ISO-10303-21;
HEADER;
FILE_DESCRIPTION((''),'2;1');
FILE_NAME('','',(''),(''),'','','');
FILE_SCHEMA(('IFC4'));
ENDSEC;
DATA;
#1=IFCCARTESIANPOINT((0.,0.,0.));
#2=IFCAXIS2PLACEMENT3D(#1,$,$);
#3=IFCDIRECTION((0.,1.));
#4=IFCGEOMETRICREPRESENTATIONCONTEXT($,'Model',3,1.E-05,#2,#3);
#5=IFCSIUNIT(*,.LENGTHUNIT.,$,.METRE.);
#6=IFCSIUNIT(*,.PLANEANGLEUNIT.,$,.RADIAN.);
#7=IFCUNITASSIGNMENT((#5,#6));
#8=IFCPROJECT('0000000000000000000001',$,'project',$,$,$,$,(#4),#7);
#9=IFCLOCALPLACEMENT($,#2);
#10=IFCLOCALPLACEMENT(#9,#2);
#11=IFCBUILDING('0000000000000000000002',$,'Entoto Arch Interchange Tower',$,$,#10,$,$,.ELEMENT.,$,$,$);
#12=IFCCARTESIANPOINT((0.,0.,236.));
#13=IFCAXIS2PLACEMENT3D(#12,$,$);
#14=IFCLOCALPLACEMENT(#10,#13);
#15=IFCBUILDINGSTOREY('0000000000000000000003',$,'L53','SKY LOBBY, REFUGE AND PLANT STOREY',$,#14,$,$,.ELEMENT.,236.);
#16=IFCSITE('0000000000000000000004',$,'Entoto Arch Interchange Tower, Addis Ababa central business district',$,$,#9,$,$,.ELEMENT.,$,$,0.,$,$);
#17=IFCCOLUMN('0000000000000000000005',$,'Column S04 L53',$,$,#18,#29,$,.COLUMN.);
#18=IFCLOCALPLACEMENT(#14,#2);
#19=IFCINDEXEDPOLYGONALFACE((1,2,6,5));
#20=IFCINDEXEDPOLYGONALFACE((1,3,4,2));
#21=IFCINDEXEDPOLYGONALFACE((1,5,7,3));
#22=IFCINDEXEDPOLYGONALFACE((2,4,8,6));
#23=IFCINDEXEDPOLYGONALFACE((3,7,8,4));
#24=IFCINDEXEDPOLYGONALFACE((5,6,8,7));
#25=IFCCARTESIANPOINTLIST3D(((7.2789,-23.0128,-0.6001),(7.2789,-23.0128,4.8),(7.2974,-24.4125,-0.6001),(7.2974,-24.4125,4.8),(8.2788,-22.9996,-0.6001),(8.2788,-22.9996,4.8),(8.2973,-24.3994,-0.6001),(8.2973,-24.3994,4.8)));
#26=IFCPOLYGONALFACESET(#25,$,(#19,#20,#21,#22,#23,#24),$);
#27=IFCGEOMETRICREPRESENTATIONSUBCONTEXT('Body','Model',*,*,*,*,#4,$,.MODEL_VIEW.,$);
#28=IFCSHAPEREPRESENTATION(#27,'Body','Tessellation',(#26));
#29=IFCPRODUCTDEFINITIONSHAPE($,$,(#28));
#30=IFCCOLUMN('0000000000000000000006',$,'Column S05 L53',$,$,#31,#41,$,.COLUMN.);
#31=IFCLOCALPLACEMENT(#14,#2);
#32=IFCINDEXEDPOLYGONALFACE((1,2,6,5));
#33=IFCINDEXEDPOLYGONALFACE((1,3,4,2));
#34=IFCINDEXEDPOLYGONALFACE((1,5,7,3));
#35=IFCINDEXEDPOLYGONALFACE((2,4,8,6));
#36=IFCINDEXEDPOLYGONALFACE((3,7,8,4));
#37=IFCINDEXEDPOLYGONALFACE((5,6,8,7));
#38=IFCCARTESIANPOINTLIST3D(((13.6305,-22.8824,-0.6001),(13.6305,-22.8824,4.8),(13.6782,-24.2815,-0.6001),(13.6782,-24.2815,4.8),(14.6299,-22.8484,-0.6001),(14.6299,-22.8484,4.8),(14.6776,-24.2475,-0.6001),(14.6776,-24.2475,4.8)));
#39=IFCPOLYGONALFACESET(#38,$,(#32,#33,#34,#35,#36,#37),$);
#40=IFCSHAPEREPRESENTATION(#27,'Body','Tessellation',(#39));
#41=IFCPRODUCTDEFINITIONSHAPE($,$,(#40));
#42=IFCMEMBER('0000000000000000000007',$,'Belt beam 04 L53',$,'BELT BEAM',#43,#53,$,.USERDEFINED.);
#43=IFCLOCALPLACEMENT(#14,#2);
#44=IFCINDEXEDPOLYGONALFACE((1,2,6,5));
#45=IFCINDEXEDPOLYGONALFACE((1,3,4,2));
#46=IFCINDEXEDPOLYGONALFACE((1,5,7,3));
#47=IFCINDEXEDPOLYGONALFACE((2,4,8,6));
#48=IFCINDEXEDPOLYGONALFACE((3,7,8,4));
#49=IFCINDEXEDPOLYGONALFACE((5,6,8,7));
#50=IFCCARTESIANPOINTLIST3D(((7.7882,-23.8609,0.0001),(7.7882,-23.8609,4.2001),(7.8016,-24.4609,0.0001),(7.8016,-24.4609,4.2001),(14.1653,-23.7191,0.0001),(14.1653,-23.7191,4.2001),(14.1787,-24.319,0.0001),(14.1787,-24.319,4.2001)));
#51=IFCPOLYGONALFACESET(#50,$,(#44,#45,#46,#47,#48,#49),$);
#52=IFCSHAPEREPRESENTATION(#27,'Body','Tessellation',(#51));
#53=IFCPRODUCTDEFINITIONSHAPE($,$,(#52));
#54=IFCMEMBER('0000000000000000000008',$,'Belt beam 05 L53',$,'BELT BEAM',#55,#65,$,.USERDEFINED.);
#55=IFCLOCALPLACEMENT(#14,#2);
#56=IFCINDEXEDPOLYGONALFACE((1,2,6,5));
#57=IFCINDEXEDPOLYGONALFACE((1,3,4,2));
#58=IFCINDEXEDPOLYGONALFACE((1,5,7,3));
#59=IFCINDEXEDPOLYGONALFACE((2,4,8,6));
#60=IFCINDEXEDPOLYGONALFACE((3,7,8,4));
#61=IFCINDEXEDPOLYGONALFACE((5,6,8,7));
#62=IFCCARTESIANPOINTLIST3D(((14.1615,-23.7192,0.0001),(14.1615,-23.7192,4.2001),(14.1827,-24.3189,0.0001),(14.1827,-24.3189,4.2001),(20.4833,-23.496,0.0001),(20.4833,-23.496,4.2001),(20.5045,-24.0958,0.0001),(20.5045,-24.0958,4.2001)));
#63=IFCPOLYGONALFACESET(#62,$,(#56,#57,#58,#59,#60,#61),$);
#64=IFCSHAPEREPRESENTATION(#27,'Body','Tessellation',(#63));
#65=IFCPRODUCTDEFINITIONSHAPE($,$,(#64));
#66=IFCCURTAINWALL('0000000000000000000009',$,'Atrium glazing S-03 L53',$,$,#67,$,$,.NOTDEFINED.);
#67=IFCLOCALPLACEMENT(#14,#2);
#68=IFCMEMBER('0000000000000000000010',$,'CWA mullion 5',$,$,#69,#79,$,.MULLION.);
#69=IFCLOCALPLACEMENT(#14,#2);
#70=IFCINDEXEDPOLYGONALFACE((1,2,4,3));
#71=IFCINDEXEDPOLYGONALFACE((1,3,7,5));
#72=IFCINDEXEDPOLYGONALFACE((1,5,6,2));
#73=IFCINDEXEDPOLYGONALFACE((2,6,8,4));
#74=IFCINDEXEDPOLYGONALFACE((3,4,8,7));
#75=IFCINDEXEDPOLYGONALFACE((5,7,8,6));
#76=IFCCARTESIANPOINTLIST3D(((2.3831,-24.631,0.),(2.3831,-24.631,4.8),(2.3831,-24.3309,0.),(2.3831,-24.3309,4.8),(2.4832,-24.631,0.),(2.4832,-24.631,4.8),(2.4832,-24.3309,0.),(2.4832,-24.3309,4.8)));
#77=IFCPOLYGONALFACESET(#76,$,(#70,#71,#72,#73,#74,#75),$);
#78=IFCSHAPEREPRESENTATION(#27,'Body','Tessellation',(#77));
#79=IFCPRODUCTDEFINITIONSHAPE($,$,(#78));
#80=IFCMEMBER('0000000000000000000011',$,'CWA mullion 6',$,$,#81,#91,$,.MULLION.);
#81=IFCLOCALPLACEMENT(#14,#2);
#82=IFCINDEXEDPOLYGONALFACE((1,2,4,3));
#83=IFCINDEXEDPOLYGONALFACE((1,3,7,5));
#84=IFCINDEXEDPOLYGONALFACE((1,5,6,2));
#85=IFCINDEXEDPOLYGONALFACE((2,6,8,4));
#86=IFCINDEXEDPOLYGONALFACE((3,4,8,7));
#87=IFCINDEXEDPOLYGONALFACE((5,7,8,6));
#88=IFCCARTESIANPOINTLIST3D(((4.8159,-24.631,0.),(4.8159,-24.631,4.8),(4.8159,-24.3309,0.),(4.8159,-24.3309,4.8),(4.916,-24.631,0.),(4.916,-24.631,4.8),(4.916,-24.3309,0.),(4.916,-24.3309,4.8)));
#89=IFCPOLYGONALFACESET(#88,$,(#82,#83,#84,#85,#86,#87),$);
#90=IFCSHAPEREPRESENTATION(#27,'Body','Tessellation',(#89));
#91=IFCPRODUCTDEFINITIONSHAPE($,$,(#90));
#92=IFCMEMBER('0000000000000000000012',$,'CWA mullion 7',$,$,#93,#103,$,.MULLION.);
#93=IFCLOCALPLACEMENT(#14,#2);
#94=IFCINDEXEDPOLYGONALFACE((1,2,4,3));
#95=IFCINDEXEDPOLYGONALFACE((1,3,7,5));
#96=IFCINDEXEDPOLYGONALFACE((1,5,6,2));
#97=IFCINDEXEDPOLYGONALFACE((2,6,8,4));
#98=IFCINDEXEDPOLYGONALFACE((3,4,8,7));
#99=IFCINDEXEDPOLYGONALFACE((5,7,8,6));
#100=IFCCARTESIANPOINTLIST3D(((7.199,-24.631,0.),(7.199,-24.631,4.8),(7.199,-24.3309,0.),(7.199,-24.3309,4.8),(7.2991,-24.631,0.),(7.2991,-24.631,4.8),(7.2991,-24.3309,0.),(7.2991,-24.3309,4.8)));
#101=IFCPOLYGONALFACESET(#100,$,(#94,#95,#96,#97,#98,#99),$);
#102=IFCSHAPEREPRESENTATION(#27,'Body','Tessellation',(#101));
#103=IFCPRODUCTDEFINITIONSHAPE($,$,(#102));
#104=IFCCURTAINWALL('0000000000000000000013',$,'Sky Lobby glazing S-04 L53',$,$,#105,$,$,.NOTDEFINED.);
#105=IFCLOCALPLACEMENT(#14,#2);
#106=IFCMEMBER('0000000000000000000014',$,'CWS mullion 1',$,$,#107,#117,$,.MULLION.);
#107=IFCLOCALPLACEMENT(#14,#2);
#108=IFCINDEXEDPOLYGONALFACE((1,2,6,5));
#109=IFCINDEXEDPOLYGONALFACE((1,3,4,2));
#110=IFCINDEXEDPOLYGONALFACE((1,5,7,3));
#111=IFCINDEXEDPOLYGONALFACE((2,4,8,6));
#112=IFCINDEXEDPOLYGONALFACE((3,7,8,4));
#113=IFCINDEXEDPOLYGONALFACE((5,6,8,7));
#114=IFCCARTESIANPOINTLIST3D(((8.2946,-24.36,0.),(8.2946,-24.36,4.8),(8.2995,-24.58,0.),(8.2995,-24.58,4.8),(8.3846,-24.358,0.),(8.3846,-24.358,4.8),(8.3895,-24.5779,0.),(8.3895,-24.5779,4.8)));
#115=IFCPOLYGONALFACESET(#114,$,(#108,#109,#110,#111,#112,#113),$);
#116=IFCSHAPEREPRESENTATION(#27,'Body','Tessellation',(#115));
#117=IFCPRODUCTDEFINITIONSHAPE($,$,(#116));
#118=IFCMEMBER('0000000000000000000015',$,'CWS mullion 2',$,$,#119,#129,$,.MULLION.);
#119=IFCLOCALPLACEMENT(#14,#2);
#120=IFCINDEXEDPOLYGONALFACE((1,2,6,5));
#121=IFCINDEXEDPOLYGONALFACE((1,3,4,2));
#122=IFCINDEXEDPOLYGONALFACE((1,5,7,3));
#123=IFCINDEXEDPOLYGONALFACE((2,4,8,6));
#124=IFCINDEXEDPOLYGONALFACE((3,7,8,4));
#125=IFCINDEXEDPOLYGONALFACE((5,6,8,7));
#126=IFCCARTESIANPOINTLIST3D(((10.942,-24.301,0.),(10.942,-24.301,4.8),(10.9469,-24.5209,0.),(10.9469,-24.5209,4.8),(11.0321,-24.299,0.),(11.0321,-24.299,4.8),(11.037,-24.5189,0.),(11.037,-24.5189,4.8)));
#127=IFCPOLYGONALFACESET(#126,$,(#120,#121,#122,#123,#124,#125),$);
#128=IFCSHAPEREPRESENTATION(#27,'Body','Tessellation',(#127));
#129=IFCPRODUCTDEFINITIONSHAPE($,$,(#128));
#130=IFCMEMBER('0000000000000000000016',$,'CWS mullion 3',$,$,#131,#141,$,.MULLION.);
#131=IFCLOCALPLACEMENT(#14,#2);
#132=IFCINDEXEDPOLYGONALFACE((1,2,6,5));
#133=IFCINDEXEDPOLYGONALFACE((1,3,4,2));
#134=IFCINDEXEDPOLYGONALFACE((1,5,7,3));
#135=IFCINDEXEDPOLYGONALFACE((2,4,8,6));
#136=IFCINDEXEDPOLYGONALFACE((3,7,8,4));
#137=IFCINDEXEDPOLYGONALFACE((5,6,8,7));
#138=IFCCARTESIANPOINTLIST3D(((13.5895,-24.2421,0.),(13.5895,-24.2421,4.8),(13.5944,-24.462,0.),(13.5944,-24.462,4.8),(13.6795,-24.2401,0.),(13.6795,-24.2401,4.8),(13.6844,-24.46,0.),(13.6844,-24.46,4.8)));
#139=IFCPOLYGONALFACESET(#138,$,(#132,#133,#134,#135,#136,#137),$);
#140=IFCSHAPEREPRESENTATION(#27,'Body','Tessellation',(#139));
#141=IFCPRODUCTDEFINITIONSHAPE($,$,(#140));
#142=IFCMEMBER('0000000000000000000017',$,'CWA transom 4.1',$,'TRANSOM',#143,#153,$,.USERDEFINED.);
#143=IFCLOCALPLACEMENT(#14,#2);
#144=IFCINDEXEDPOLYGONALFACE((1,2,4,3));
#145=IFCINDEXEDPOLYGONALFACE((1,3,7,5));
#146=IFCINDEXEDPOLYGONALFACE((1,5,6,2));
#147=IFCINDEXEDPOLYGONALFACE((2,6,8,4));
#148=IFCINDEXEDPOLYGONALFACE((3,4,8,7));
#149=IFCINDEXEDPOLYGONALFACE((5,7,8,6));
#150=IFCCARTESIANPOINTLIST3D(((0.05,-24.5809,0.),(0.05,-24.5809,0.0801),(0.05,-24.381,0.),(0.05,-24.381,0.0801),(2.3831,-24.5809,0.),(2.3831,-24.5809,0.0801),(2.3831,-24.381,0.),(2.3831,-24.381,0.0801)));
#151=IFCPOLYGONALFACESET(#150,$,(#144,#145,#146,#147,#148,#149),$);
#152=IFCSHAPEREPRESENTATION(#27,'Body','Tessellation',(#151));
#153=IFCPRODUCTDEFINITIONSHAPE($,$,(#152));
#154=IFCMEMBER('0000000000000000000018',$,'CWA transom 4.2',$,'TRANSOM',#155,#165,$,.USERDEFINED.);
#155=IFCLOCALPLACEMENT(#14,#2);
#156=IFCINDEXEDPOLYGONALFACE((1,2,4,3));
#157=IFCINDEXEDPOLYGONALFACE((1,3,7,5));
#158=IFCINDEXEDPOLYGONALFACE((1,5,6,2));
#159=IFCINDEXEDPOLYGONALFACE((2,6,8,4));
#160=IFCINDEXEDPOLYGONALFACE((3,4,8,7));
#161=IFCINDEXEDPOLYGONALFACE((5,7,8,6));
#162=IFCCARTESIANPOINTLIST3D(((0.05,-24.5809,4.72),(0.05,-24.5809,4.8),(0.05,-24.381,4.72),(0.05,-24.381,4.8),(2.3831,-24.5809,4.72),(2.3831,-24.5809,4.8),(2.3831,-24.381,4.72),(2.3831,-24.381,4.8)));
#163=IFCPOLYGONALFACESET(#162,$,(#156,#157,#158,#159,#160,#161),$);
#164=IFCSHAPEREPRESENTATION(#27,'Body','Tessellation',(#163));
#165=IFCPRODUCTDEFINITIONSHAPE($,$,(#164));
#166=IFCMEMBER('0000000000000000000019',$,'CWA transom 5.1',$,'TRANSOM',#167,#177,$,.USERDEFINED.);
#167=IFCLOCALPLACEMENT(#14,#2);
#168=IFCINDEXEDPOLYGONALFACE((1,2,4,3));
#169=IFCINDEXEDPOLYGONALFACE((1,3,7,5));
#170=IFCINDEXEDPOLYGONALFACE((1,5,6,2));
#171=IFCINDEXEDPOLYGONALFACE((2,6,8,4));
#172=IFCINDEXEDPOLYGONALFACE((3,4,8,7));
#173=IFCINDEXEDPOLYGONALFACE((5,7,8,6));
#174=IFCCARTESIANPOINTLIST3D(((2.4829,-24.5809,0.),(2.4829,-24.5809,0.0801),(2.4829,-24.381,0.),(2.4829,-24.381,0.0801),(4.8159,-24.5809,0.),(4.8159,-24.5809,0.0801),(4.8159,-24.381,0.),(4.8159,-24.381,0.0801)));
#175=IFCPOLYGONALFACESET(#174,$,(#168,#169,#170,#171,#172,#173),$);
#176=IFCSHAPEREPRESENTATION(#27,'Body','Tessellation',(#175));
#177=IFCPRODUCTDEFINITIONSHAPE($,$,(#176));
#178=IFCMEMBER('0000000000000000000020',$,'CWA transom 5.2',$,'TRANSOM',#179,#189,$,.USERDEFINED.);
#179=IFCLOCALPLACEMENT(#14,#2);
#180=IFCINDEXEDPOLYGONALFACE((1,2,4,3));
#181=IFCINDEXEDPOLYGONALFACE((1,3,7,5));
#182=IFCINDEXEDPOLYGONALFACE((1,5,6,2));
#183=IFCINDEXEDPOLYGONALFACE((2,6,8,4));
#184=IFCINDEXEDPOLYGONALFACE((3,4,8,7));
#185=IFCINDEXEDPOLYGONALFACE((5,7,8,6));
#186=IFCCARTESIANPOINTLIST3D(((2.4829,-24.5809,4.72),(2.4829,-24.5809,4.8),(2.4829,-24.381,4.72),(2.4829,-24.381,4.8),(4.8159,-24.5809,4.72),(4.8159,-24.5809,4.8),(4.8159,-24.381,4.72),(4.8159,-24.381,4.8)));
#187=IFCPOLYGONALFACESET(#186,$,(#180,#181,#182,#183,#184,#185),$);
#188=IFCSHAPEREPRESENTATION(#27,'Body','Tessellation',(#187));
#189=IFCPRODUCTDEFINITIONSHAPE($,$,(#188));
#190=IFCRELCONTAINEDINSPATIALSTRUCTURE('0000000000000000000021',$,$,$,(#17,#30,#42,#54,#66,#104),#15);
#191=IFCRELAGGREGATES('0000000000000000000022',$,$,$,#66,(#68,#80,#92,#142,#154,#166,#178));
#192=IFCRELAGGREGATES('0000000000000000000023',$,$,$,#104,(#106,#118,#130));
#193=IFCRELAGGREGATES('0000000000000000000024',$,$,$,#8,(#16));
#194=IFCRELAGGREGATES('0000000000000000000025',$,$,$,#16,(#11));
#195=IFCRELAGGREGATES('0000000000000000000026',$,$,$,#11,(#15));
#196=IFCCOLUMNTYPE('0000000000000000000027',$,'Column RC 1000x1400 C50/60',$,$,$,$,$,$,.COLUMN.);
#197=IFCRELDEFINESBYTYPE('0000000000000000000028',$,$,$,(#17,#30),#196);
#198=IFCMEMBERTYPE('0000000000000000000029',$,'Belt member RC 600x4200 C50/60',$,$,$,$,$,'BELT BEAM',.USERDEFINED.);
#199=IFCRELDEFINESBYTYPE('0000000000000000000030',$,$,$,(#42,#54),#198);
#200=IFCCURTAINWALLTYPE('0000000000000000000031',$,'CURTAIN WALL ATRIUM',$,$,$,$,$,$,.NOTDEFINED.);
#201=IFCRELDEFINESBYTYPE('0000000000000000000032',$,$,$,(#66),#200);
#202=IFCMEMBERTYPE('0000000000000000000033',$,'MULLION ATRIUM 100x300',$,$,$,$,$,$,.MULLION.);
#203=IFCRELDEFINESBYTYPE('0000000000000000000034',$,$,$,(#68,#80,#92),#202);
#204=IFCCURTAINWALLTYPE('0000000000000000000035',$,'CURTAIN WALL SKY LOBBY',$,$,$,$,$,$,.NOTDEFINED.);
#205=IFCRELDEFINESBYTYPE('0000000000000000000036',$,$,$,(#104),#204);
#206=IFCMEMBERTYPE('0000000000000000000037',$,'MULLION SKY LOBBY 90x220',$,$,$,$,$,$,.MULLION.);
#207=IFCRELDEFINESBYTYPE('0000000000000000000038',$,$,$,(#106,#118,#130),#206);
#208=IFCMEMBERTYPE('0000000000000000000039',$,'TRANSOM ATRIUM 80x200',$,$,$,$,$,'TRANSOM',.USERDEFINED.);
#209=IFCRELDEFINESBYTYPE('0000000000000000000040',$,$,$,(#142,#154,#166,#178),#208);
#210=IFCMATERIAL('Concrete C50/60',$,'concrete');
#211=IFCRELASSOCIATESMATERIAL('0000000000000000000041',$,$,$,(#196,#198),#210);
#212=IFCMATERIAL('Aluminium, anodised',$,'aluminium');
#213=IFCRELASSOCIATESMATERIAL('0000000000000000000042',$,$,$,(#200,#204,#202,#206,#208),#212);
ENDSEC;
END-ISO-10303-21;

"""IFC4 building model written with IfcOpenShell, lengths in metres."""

from ifc_helpers import new_model, si_unit, direction, frame, origin, origin_2d, place, context, subcontext, project, spatial, rectangle, extrude, material, material_profile, profile_set, type_object, element, aggregate, save


model = new_model("IFC4")

# Units and contexts
model_context = context("Model", 3, precision=1e-05, world=origin(), true_north=direction((0.0, 1.0)))
body_context = subcontext(model_context, "Body", "Model", "MODEL_VIEW")
ifc_project = project(units=[si_unit("LENGTHUNIT", "METRE"), si_unit("PLANEANGLEUNIT", "RADIAN")], contexts=[model_context])

# Site, building, storey
site_placement = place(None, origin())
site = spatial("IfcSite", under=ifc_project, at=site_placement, Name="Entoto Arch Interchange Tower, Addis Ababa central business district", CompositionType="ELEMENT", RefElevation=0.0)
building_placement = place(site_placement, origin())
building = spatial("IfcBuilding", under=site, at=building_placement, Name="Entoto Arch Interchange Tower", CompositionType="ELEMENT")
storey_placement = place(building_placement, frame((0.0, 0.0, 236.0)))
storey = spatial("IfcBuildingStorey", under=building, at=storey_placement, Name="L53", Description="SKY LOBBY, REFUGE AND PLANT STOREY", CompositionType="ELEMENT", Elevation=236.0)

# Columns
ifc_material_1 = material(Name="Concrete C50/60", Category="concrete")
ifc_material_profile_1 = material_profile(ifc_material_1, rectangle(XDim=1.0, YDim=1.3999, at=origin_2d()))
ifc_profile_set_1 = profile_set([ifc_material_profile_1], Name="Concrete C50/60")
column_type = type_object("IfcColumnType", Name="Column RC 1000x1400 C50/60", PredefinedType="COLUMN", material=ifc_profile_set_1)
for number, where, z_axis, x_axis, name in (
    (1, (7.7881, -23.7061, -0.6001), (0.0, 0.0, 1.0), (0.999913, 0.013177, 0.0), "Column S04 L53"),
    (2, (14.1541, -23.5649, -0.6001), (0.0, 0.0, 1.0), (0.999421, 0.034027, 0.0), "Column S05 L53"),
):
    element("IfcColumn", number, at=place(storey_placement, frame(where, z_axis=z_axis, x_axis=x_axis)), inside=storey, type_object=column_type, Name=name, PredefinedType="COLUMN", context=body_context, shape_type="SweptSolid", body=[
        extrude(rectangle(XDim=1.0, YDim=1.3999, at=origin_2d()), origin(), (0.0, 0.0, 1.0), 5.4001),
    ])

# Members
ifc_material_profile_2 = material_profile(ifc_material_1, rectangle(XDim=0.6001, YDim=4.2, at=origin_2d()))
ifc_profile_set_2 = profile_set([ifc_material_profile_2], Name="Concrete C50/60")
member_type_1 = type_object("IfcMemberType", Name="Belt member RC 600x4200 C50/60", ElementType="BELT BEAM", PredefinedType="USERDEFINED", material=ifc_profile_set_2)
member_1_placement = place(storey_placement, frame((7.7949, -24.1609, 2.1001), z_axis=(0.999753, 0.022237, 0.0), x_axis=(-0.022237, 0.999753, 0.0)))
element("IfcMember", 3, at=member_1_placement, inside=storey, type_object=member_type_1, Name="Belt beam 04 L53", ObjectType="BELT BEAM", PredefinedType="USERDEFINED", context=body_context, shape_type="SweptSolid", body=[
    extrude(rectangle(XDim=0.6001, YDim=4.2, at=origin_2d()), origin(), (0.0, 0.0, 1.0), 6.3787),
])
member_2_placement = place(storey_placement, frame((14.1721, -24.019, 2.1001), z_axis=(0.999378, 0.035276, 0.0), x_axis=(-0.035276, 0.999378, 0.0)))
element("IfcMember", 4, at=member_2_placement, inside=storey, type_object=member_type_1, Name="Belt beam 05 L53", ObjectType="BELT BEAM", PredefinedType="USERDEFINED", context=body_context, shape_type="SweptSolid", body=[
    extrude(rectangle(XDim=0.6001, YDim=4.2, at=origin_2d()), origin(), (0.0, 0.0, 1.0), 6.3257),
])

# Curtain walls, members
ifc_material_2 = material(Name="Aluminium, anodised", Category="aluminium")
curtain_wall_type_1 = type_object("IfcCurtainWallType", Name="CURTAIN WALL ATRIUM", PredefinedType="NOTDEFINED", material=ifc_material_2)
curtain_wall_1_placement = place(storey_placement, origin())
curtain_wall_1 = element("IfcCurtainWall", 5, at=curtain_wall_1_placement, inside=storey, type_object=curtain_wall_type_1, Name="Atrium glazing S-03 L53", PredefinedType="NOTDEFINED")
ifc_material_profile_3 = material_profile(ifc_material_2, rectangle(XDim=0.3, YDim=0.1001, at=origin_2d()))
ifc_profile_set_3 = profile_set([ifc_material_profile_3], Name="Aluminium, anodised")
member_type_2 = type_object("IfcMemberType", Name="MULLION ATRIUM 100x300", PredefinedType="MULLION", material=ifc_profile_set_3)
member_3_placement = place(storey_placement, frame((2.4331, -24.481, 0.0), z_axis=(0.0, 0.0, 1.0), x_axis=(0.0, 1.0, 0.0)))
member_3 = element("IfcMember", 6, at=member_3_placement, type_object=member_type_2, Name="CWA mullion 5", PredefinedType="MULLION", context=body_context, shape_type="SweptSolid", body=[
    extrude(rectangle(XDim=0.3, YDim=0.1001, at=origin_2d()), origin(), (0.0, 0.0, 1.0), 4.8),
])
member_4_placement = place(storey_placement, frame((4.866, -24.481, 0.0), z_axis=(0.0, 0.0, 1.0), x_axis=(0.0, 1.0, 0.0)))
member_4 = element("IfcMember", 7, at=member_4_placement, type_object=member_type_2, Name="CWA mullion 6", PredefinedType="MULLION", context=body_context, shape_type="SweptSolid", body=[
    extrude(rectangle(XDim=0.3, YDim=0.1001, at=origin_2d()), origin(), (0.0, 0.0, 1.0), 4.8),
])
member_5_placement = place(storey_placement, frame((7.249, -24.481, 0.0), z_axis=(0.0, 0.0, 1.0), x_axis=(0.0, 1.0, 0.0)))
member_5 = element("IfcMember", 8, at=member_5_placement, type_object=member_type_2, Name="CWA mullion 7", PredefinedType="MULLION", context=body_context, shape_type="SweptSolid", body=[
    extrude(rectangle(XDim=0.3, YDim=0.1001, at=origin_2d()), origin(), (0.0, 0.0, 1.0), 4.8),
])
curtain_wall_type_2 = type_object("IfcCurtainWallType", Name="CURTAIN WALL SKY LOBBY", PredefinedType="NOTDEFINED", material=ifc_material_2)
curtain_wall_2_placement = place(storey_placement, origin())
curtain_wall_2 = element("IfcCurtainWall", 9, at=curtain_wall_2_placement, inside=storey, type_object=curtain_wall_type_2, Name="Sky Lobby glazing S-04 L53", PredefinedType="NOTDEFINED")
ifc_material_profile_4 = material_profile(ifc_material_2, rectangle(XDim=0.22, YDim=0.0901, at=origin_2d()))
ifc_profile_set_4 = profile_set([ifc_material_profile_4], Name="Aluminium, anodised")
member_type_3 = type_object("IfcMemberType", Name="MULLION SKY LOBBY 90x220", PredefinedType="MULLION", material=ifc_profile_set_4)
member_6_placement = place(storey_placement, frame((8.342, -24.469, 0.0), z_axis=(0.0, 0.0, 1.0), x_axis=(-0.022279, 0.999752, 0.0)))
member_6 = element("IfcMember", 10, at=member_6_placement, type_object=member_type_3, Name="CWS mullion 1", PredefinedType="MULLION", context=body_context, shape_type="SweptSolid", body=[
    extrude(rectangle(XDim=0.22, YDim=0.0901, at=origin_2d()), origin(), (0.0, 0.0, 1.0), 4.8),
])
member_7_placement = place(storey_placement, frame((10.9895, -24.4099, 0.0), z_axis=(0.0, 0.0, 1.0), x_axis=(-0.022279, 0.999752, 0.0)))
member_7 = element("IfcMember", 11, at=member_7_placement, type_object=member_type_3, Name="CWS mullion 2", PredefinedType="MULLION", context=body_context, shape_type="SweptSolid", body=[
    extrude(rectangle(XDim=0.22, YDim=0.0901, at=origin_2d()), origin(), (0.0, 0.0, 1.0), 4.8),
])
member_8_placement = place(storey_placement, frame((13.637, -24.3511, 0.0), z_axis=(0.0, 0.0, 1.0), x_axis=(-0.022279, 0.999752, 0.0)))
member_8 = element("IfcMember", 12, at=member_8_placement, type_object=member_type_3, Name="CWS mullion 3", PredefinedType="MULLION", context=body_context, shape_type="SweptSolid", body=[
    extrude(rectangle(XDim=0.22, YDim=0.0901, at=origin_2d()), origin(), (0.0, 0.0, 1.0), 4.8),
])

# Members
ifc_material_profile_5 = material_profile(ifc_material_2, rectangle(XDim=0.2, YDim=0.0801, at=origin_2d()))
ifc_profile_set_5 = profile_set([ifc_material_profile_5], Name="Aluminium, anodised")
member_type_4 = type_object("IfcMemberType", Name="TRANSOM ATRIUM 80x200", ElementType="TRANSOM", PredefinedType="USERDEFINED", material=ifc_profile_set_5)
member_9_placement = place(storey_placement, frame((0.05, -24.481, 0.04), z_axis=(1.0, 0.0, 0.0), x_axis=(0.0, 1.0, 0.0)))
member_9 = element("IfcMember", 13, at=member_9_placement, type_object=member_type_4, Name="CWA transom 4.1", ObjectType="TRANSOM", PredefinedType="USERDEFINED", context=body_context, shape_type="SweptSolid", body=[
    extrude(rectangle(XDim=0.2, YDim=0.0801, at=origin_2d()), origin(), (0.0, 0.0, 1.0), 2.333),
])
member_10_placement = place(storey_placement, frame((0.05, -24.481, 4.76), z_axis=(1.0, 0.0, 0.0), x_axis=(0.0, 1.0, 0.0)))
member_10 = element("IfcMember", 14, at=member_10_placement, type_object=member_type_4, Name="CWA transom 4.2", ObjectType="TRANSOM", PredefinedType="USERDEFINED", context=body_context, shape_type="SweptSolid", body=[
    extrude(rectangle(XDim=0.2, YDim=0.0801, at=origin_2d()), origin(), (0.0, 0.0, 1.0), 2.333),
])
member_11_placement = place(storey_placement, frame((2.4829, -24.481, 0.04), z_axis=(1.0, 0.0, 0.0), x_axis=(0.0, 1.0, 0.0)))
member_11 = element("IfcMember", 15, at=member_11_placement, type_object=member_type_4, Name="CWA transom 5.1", ObjectType="TRANSOM", PredefinedType="USERDEFINED", context=body_context, shape_type="SweptSolid", body=[
    extrude(rectangle(XDim=0.2, YDim=0.0801, at=origin_2d()), origin(), (0.0, 0.0, 1.0), 2.333),
])
member_12_placement = place(storey_placement, frame((2.4829, -24.481, 4.76), z_axis=(1.0, 0.0, 0.0), x_axis=(0.0, 1.0, 0.0)))
member_12 = element("IfcMember", 16, at=member_12_placement, type_object=member_type_4, Name="CWA transom 5.2", ObjectType="TRANSOM", PredefinedType="USERDEFINED", context=body_context, shape_type="SweptSolid", body=[
    extrude(rectangle(XDim=0.2, YDim=0.0801, at=origin_2d()), origin(), (0.0, 0.0, 1.0), 2.333),
])

aggregate(curtain_wall_1, [member_3, member_4, member_5, member_9, member_10, member_11, member_12])
aggregate(curtain_wall_2, [member_6, member_7, member_8])

save(model, "model.ifc")
